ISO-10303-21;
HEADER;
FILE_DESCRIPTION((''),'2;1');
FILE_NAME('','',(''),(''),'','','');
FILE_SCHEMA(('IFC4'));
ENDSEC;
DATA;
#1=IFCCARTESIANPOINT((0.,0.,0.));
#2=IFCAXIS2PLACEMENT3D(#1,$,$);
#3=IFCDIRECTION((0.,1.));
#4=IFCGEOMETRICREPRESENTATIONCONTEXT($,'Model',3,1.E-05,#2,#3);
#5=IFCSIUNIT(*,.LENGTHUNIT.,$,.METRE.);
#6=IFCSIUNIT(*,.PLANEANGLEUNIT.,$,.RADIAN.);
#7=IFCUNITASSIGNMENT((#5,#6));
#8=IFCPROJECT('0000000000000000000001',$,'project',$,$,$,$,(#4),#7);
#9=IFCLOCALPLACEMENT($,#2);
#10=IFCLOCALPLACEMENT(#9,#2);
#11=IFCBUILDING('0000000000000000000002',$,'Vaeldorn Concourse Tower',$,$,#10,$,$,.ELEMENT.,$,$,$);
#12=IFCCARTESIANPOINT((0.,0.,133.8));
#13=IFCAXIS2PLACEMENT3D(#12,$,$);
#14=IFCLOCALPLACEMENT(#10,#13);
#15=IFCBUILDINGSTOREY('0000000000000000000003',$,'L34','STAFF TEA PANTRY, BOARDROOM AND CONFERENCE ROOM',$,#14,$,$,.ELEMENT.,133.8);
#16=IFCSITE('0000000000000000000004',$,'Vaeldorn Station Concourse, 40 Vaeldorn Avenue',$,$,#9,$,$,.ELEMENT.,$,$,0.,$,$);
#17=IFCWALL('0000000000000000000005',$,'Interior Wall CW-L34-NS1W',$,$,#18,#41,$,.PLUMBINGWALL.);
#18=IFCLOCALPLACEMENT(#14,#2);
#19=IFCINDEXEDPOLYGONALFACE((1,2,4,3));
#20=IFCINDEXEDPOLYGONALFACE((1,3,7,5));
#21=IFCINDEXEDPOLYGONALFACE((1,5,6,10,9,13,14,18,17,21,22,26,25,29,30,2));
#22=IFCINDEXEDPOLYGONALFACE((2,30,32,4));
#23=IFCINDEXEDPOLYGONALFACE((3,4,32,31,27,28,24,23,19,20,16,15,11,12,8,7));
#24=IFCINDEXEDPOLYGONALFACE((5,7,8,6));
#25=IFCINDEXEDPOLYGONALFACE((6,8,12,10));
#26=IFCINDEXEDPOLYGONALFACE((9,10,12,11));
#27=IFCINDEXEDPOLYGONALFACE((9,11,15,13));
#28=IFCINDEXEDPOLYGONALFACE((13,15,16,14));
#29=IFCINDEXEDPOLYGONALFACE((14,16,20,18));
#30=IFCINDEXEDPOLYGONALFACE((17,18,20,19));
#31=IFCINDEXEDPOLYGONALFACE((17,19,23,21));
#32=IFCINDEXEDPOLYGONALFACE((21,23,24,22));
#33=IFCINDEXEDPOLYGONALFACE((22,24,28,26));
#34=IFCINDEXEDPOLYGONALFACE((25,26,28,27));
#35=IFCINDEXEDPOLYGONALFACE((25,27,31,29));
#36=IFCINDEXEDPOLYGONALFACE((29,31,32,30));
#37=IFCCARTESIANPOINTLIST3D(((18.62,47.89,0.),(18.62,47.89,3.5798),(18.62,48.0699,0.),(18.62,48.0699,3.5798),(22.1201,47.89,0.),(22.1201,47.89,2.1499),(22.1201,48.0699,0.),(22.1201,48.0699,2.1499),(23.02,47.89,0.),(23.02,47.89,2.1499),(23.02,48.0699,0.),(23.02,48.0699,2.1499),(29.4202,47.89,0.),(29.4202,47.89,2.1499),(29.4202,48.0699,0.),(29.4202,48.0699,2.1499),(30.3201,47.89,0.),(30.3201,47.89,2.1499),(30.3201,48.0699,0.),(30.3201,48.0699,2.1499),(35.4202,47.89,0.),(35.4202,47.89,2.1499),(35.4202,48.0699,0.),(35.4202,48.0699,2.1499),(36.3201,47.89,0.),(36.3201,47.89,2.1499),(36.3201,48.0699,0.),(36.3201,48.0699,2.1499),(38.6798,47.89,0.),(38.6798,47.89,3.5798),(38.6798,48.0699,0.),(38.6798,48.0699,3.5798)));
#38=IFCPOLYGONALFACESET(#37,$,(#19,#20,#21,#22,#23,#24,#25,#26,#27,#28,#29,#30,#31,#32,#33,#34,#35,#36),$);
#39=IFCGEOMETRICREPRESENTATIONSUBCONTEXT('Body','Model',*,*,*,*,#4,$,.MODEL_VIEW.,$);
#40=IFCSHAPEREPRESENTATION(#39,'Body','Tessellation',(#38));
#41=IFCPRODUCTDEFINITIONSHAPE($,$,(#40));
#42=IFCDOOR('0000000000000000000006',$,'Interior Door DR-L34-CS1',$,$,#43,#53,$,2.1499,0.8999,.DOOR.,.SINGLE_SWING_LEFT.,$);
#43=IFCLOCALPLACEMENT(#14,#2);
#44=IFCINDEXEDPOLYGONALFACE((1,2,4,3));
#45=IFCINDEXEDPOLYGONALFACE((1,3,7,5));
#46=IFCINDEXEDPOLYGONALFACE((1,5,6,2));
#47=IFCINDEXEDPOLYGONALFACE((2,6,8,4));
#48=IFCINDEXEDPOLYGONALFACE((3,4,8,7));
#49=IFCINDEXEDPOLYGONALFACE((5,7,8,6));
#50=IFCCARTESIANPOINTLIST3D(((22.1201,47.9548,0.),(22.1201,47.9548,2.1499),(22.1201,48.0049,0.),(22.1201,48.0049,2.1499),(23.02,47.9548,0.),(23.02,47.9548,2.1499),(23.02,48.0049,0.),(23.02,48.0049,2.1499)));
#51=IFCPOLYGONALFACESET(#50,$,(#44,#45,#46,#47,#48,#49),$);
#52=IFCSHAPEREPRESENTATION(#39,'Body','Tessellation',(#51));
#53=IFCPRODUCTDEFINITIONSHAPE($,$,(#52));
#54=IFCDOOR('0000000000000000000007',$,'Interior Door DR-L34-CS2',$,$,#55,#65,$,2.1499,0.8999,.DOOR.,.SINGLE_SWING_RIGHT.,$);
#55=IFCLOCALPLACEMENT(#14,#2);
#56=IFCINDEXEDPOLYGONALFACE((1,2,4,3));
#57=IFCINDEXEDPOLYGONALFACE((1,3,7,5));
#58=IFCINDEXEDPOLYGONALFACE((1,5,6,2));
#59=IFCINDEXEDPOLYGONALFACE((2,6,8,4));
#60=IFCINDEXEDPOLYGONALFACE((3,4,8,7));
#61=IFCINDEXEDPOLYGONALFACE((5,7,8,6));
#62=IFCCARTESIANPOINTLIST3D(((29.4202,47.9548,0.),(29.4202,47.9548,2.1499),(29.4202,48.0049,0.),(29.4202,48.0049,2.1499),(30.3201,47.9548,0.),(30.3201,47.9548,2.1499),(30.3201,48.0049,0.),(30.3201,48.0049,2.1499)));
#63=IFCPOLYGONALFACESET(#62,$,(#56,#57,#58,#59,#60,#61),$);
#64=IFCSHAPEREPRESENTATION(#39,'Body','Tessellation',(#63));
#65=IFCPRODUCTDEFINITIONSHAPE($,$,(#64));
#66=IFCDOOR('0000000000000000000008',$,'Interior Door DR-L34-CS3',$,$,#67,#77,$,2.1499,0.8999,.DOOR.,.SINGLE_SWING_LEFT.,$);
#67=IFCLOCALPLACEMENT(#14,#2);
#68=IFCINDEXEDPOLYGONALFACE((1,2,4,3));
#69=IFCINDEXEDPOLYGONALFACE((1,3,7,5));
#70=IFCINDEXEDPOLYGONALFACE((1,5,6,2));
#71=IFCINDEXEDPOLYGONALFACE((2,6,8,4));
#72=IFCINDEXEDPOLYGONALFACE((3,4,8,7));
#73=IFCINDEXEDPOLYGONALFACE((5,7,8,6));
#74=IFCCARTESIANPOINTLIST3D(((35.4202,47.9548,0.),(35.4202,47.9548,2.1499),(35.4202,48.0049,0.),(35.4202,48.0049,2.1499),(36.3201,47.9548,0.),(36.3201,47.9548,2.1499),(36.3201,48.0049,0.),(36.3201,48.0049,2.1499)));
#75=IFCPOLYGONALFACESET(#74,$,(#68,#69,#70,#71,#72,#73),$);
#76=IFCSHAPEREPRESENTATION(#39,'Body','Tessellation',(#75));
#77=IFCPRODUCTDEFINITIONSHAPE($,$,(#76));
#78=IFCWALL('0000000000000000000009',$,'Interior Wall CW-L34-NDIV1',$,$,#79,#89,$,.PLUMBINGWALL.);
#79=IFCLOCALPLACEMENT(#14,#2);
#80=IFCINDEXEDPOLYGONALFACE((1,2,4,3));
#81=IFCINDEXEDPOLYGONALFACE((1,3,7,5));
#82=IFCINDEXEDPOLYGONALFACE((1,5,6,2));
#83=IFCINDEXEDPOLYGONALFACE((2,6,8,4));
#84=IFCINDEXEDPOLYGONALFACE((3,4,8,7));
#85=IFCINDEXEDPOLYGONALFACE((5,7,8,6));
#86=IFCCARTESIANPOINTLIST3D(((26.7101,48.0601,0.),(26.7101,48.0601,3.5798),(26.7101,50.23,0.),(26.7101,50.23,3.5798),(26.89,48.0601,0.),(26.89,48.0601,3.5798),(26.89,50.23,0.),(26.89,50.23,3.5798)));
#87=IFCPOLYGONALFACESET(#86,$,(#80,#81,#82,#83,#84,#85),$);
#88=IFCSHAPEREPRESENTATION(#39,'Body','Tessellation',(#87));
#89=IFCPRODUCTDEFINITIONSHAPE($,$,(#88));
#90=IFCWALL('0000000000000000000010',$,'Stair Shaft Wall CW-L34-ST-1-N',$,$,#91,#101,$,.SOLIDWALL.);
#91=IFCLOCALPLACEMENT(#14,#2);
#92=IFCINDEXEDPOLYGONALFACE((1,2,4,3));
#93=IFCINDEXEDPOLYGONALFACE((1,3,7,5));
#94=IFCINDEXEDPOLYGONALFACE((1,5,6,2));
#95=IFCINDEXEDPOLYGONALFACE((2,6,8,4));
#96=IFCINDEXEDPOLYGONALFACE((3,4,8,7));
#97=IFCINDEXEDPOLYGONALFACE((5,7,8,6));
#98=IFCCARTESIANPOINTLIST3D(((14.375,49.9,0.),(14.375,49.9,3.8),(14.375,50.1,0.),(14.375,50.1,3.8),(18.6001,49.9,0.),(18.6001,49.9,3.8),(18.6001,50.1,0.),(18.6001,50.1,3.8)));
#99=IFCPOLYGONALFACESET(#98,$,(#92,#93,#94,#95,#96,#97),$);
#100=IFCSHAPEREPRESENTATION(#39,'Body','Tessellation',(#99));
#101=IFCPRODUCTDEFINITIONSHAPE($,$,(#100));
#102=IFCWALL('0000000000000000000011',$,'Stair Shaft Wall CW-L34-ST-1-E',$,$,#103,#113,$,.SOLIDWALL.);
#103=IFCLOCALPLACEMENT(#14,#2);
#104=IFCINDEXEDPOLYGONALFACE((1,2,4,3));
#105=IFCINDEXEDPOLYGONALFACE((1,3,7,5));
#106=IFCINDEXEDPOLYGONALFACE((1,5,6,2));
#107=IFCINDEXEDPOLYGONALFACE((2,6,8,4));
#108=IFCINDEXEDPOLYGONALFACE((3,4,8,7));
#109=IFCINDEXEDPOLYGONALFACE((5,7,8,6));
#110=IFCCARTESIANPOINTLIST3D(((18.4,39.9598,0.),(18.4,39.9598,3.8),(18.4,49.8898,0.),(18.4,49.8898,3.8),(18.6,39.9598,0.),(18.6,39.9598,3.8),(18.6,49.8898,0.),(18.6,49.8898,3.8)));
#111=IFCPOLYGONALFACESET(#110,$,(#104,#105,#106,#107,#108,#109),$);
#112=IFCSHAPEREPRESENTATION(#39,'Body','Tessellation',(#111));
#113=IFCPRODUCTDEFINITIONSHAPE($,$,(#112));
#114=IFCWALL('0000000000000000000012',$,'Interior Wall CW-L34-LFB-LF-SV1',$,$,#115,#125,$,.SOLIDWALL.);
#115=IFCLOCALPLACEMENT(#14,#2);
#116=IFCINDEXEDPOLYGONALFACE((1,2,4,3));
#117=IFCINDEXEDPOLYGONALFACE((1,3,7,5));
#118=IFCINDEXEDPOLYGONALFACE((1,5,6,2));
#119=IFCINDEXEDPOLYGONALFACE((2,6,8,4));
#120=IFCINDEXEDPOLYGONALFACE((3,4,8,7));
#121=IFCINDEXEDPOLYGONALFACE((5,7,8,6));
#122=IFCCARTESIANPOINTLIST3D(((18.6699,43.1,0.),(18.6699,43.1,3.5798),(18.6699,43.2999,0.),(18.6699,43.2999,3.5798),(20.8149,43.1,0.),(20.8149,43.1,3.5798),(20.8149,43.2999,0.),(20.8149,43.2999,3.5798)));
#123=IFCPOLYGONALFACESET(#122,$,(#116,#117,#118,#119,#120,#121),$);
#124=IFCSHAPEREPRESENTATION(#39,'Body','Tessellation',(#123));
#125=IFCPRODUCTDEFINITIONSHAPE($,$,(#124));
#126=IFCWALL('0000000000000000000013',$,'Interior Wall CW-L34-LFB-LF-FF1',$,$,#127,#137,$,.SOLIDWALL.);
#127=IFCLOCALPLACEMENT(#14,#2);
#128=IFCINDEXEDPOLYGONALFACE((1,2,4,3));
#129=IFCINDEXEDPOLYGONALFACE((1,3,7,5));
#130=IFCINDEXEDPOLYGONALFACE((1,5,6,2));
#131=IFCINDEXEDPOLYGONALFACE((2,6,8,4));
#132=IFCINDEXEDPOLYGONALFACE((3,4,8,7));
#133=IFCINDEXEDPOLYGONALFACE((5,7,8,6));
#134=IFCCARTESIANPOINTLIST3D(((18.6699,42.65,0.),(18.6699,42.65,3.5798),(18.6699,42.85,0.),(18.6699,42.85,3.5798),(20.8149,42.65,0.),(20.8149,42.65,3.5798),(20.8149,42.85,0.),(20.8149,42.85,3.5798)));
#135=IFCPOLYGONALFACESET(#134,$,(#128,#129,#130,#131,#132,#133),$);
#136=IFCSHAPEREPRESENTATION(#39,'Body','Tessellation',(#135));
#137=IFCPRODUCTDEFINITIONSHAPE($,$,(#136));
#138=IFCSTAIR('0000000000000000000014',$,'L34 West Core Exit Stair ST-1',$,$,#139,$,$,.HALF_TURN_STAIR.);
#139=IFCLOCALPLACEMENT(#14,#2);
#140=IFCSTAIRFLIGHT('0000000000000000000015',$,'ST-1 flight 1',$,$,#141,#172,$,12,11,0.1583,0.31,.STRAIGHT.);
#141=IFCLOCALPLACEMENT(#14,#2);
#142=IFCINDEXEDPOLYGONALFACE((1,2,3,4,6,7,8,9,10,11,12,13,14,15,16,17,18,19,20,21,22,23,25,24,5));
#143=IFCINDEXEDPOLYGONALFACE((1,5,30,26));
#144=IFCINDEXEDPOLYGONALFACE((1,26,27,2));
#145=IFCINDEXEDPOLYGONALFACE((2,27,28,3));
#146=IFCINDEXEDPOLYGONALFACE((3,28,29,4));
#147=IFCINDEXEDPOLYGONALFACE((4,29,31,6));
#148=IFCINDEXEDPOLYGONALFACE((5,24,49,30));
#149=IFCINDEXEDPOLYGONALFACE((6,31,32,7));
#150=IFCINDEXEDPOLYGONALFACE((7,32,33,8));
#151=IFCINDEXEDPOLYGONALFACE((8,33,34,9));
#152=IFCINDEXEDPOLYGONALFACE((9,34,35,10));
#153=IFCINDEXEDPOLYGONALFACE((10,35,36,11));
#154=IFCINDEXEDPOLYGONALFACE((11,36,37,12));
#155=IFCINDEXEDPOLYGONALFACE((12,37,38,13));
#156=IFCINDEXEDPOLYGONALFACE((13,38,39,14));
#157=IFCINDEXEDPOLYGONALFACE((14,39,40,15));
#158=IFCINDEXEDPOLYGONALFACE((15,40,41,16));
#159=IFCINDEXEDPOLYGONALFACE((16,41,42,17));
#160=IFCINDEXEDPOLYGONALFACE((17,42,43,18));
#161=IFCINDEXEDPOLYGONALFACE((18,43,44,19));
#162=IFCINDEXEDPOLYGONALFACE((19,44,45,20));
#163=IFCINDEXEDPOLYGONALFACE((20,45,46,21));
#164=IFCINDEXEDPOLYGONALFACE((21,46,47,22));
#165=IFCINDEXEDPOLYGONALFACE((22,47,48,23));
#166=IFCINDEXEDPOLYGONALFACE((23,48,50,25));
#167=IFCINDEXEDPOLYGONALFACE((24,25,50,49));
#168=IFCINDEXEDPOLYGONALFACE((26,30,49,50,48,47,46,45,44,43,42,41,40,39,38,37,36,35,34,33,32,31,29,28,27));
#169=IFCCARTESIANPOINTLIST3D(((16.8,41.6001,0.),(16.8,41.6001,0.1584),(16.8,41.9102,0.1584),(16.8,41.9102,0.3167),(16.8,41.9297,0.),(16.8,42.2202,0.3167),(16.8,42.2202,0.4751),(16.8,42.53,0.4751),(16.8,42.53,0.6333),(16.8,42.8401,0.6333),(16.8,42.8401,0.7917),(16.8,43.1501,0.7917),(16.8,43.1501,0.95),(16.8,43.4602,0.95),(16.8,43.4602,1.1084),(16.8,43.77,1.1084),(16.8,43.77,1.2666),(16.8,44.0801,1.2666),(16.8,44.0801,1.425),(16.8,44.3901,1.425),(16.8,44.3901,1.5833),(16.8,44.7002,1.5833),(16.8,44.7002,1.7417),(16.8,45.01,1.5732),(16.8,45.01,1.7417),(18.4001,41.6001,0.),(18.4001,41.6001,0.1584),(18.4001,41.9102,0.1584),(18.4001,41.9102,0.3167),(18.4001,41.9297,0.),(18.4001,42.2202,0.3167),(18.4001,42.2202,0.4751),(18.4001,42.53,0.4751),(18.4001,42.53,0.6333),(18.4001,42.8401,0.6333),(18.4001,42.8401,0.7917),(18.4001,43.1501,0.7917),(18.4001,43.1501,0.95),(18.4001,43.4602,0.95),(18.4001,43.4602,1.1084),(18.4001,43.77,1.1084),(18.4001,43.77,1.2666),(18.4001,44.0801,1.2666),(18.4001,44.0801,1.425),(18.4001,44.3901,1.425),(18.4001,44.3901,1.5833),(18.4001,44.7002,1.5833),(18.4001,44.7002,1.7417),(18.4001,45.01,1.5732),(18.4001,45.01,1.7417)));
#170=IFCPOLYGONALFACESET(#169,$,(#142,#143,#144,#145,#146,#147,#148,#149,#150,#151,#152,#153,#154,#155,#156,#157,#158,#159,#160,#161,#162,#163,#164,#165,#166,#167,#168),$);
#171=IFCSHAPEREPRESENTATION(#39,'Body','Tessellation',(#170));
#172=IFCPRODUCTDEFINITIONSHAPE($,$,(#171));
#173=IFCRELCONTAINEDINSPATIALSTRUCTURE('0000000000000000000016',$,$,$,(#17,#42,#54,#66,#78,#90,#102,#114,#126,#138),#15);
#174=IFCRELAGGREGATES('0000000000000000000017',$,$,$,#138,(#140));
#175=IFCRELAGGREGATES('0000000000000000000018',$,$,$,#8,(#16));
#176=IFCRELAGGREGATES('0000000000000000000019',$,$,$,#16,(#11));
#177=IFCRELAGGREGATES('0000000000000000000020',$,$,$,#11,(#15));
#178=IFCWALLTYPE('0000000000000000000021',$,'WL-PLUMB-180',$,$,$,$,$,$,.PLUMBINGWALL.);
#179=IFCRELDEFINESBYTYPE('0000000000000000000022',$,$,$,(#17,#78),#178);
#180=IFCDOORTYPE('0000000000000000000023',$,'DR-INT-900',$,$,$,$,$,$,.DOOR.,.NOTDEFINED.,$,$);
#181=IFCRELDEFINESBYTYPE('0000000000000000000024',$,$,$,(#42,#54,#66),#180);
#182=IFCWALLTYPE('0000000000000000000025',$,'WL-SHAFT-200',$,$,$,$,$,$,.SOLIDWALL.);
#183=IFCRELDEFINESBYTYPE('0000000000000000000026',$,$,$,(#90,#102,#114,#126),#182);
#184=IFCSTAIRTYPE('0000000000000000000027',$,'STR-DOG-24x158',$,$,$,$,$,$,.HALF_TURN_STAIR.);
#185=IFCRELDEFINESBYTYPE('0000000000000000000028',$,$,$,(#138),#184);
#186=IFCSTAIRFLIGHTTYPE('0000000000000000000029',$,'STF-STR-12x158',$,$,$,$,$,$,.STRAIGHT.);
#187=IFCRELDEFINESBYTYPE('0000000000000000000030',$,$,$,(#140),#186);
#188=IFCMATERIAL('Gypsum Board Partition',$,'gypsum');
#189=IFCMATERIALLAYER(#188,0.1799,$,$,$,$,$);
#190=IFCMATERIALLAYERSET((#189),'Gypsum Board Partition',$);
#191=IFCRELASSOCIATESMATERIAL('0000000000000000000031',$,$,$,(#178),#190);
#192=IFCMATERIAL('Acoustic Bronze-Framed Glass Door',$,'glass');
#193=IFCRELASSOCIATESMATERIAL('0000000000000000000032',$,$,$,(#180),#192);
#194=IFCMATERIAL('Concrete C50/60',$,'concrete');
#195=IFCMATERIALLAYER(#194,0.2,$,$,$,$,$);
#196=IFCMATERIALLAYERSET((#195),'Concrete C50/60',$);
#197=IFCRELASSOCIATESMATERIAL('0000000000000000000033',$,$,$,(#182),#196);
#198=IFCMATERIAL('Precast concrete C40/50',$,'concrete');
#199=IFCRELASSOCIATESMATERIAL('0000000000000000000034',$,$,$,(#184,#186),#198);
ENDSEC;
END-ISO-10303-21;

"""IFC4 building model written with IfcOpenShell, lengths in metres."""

from ifc_helpers import new_model, si_unit, direction, frame, frame_2d, origin, place, context, subcontext, project, spatial, polyline, rectangle, outline, extrude, source, transform, mapped, material, layer, layer_set, type_object, element, fill, aggregate, save


model = new_model("IFC4")

# Units and contexts
model_context = context("Model", 3, precision=1e-05, world=origin(), true_north=direction((0.0, 1.0)))
body_context = subcontext(model_context, "Body", "Model", "MODEL_VIEW")
ifc_project = project(units=[si_unit("LENGTHUNIT", "METRE"), si_unit("PLANEANGLEUNIT", "RADIAN")], contexts=[model_context])

# Site, building, storey
site_placement = place(None, origin())
site = spatial("IfcSite", under=ifc_project, at=site_placement, Name="Vaeldorn Station Concourse, 40 Vaeldorn Avenue", CompositionType="ELEMENT", RefElevation=0.0)
building_placement = place(site_placement, origin())
building = spatial("IfcBuilding", under=site, at=building_placement, Name="Vaeldorn Concourse Tower", CompositionType="ELEMENT")
storey_placement = place(building_placement, frame((0.0, 0.0, 133.8)))
storey = spatial("IfcBuildingStorey", under=building, at=storey_placement, Name="L34", Description="STAFF TEA PANTRY, BOARDROOM AND CONFERENCE ROOM", CompositionType="ELEMENT", Elevation=133.8)

# Shared definitions
ifc_material_1 = material(Name="Gypsum Board Partition", Category="gypsum")

# Wall, openings, doors
ifc_layer_1 = layer(ifc_material_1, 0.1799)
ifc_layer_set_1 = layer_set([ifc_layer_1], Name="Gypsum Board Partition")
wall_type_1 = type_object("IfcWallType", Name="WL-PLUMB-180", PredefinedType="PLUMBINGWALL", material=ifc_layer_set_1)
wall_1_placement = place(storey_placement, frame((18.6201, 47.98, 0.0), z_axis=(0.0, 0.0, 1.0), x_axis=(1.0, 0.0, 0.0)))
wall_1 = element("IfcWall", 1, at=wall_1_placement, inside=storey, type_object=wall_type_1, Name="Interior Wall CW-L34-NS1W", PredefinedType="PLUMBINGWALL", context=body_context, shape_type="SweptSolid", body=[
    extrude(rectangle(XDim=20.0598, YDim=0.1799, at=frame_2d((10.0298, 0.0))), origin(), (0.0, 0.0, 1.0), 3.5798),
])
opening_1_placement = place(wall_1_placement, frame((3.5, 0.0, 0.0)))
opening_1 = element("IfcOpeningElement", 2, at=opening_1_placement, cuts=wall_1, PredefinedType="OPENING", context=body_context, shape_type="SweptSolid", body=[
    extrude(rectangle(XDim=0.8999, YDim=2.1499, at=frame_2d((0.45, 1.075))), frame((0.0, 0.1001, 0.0), z_axis=(0.0, -1.0, 0.0), x_axis=(1.0, 0.0, 0.0)), (0.0, 0.0, 1.0), 0.2),
])
opening_2_placement = place(wall_1_placement, frame((10.8, 0.0, 0.0)))
opening_2 = element("IfcOpeningElement", 3, at=opening_2_placement, cuts=wall_1, PredefinedType="OPENING", context=body_context, shape_type="SweptSolid", body=[
    extrude(rectangle(XDim=0.8999, YDim=2.1499, at=frame_2d((0.45, 1.075))), frame((0.0, 0.1001, 0.0), z_axis=(0.0, -1.0, 0.0), x_axis=(1.0, 0.0, 0.0)), (0.0, 0.0, 1.0), 0.2),
])
opening_3_placement = place(wall_1_placement, frame((16.8, 0.0, 0.0)))
opening_3 = element("IfcOpeningElement", 4, at=opening_3_placement, cuts=wall_1, PredefinedType="OPENING", context=body_context, shape_type="SweptSolid", body=[
    extrude(rectangle(XDim=0.8999, YDim=2.1499, at=frame_2d((0.45, 1.075))), frame((0.0, 0.1001, 0.0), z_axis=(0.0, -1.0, 0.0), x_axis=(1.0, 0.0, 0.0)), (0.0, 0.0, 1.0), 0.2),
])
ifc_material_2 = material(Name="Acoustic Bronze-Framed Glass Door", Category="glass")
door_type_1 = type_object("IfcDoorType", Name="DR-INT-900", OperationType="NOTDEFINED", PredefinedType="DOOR", material=ifc_material_2)
shared_shape_1 = source(origin(), body_context, "Body", "SweptSolid", [
    extrude(rectangle(XDim=0.8999, YDim=2.1499, at=frame_2d((0.45, 1.075))), frame((0.0, 0.0249, 0.0), z_axis=(0.0, -1.0, 0.0), x_axis=(1.0, 0.0, 0.0)), (0.0, 0.0, 1.0), 0.05),
])
door_1_placement = place(opening_1_placement, origin())
door_1 = element("IfcDoor", 5, at=door_1_placement, inside=storey, type_object=door_type_1, Name="Interior Door DR-L34-CS1", OperationType="SINGLE_SWING_LEFT", OverallHeight=2.1499, OverallWidth=0.8999, PredefinedType="DOOR", context=body_context, shape_type="MappedRepresentation", body=[
    mapped(shared_shape_1, transform((0.0, 0.0, 0.0), scale=1.0)),
])
fill(opening_1, door_1)
door_2_placement = place(opening_2_placement, origin())
door_2 = element("IfcDoor", 6, at=door_2_placement, inside=storey, type_object=door_type_1, Name="Interior Door DR-L34-CS2", OperationType="SINGLE_SWING_RIGHT", OverallHeight=2.1499, OverallWidth=0.8999, PredefinedType="DOOR", context=body_context, shape_type="MappedRepresentation", body=[
    mapped(shared_shape_1, transform((0.0, 0.0, 0.0), scale=1.0)),
])
fill(opening_2, door_2)
door_3_placement = place(opening_3_placement, origin())
door_3 = element("IfcDoor", 7, at=door_3_placement, inside=storey, type_object=door_type_1, Name="Interior Door DR-L34-CS3", OperationType="SINGLE_SWING_LEFT", OverallHeight=2.1499, OverallWidth=0.8999, PredefinedType="DOOR", context=body_context, shape_type="MappedRepresentation", body=[
    mapped(shared_shape_1, transform((0.0, 0.0, 0.0), scale=1.0)),
])
fill(opening_3, door_3)

# Walls
wall_2_placement = place(storey_placement, frame((26.8, 48.0601, 0.0), z_axis=(0.0, 0.0, 1.0), x_axis=(0.0, 1.0, 0.0)))
element("IfcWall", 8, at=wall_2_placement, inside=storey, type_object=wall_type_1, Name="Interior Wall CW-L34-NDIV1", PredefinedType="PLUMBINGWALL", context=body_context, shape_type="SweptSolid", body=[
    extrude(rectangle(XDim=2.1699, YDim=0.1799, at=frame_2d((1.085, 0.0))), origin(), (0.0, 0.0, 1.0), 3.5798),
])
ifc_material_3 = material(Name="Concrete C50/60", Category="concrete")
ifc_layer_2 = layer(ifc_material_3, 0.2)
ifc_layer_set_2 = layer_set([ifc_layer_2], Name="Concrete C50/60")
wall_type_2 = type_object("IfcWallType", Name="WL-SHAFT-200", PredefinedType="SOLIDWALL", material=ifc_layer_set_2)
wall_3_placement = place(storey_placement, frame((14.375, 50.0, 0.0), z_axis=(0.0, 0.0, 1.0), x_axis=(1.0, 0.0, 0.0)))
element("IfcWall", 9, at=wall_3_placement, inside=storey, type_object=wall_type_2, Name="Stair Shaft Wall CW-L34-ST-1-N", PredefinedType="SOLIDWALL", context=body_context, shape_type="SweptSolid", body=[
    extrude(rectangle(XDim=4.2251, YDim=0.2, at=frame_2d((2.1125, 0.0))), origin(), (0.0, 0.0, 1.0), 3.8),
])
wall_4_placement = place(storey_placement, frame((18.5, 39.96, 0.0), z_axis=(0.0, 0.0, 1.0), x_axis=(0.0, 1.0, 0.0)))
element("IfcWall", 10, at=wall_4_placement, inside=storey, type_object=wall_type_2, Name="Stair Shaft Wall CW-L34-ST-1-E", PredefinedType="SOLIDWALL", context=body_context, shape_type="SweptSolid", body=[
    extrude(rectangle(XDim=9.9299, YDim=0.2, at=frame_2d((4.9648, 0.0))), origin(), (0.0, 0.0, 1.0), 3.8),
])

# Walls
for number, where, z_axis, x_axis, name in (
    (11, (18.6699, 43.2, 0.0), (0.0, 0.0, 1.0), (1.0, 0.0, 0.0), "Interior Wall CW-L34-LFB-LF-SV1"),
    (12, (18.6699, 42.75, 0.0), (0.0, 0.0, 1.0), (1.0, 0.0, 0.0), "Interior Wall CW-L34-LFB-LF-FF1"),
):
    element("IfcWall", number, at=place(storey_placement, frame(where, z_axis=z_axis, x_axis=x_axis)), inside=storey, type_object=wall_type_2, Name=name, PredefinedType="SOLIDWALL", context=body_context, shape_type="SweptSolid", body=[
        extrude(rectangle(XDim=2.145, YDim=0.2, at=frame_2d((1.0725, 0.0))), origin(), (0.0, 0.0, 1.0), 3.5798),
    ])

# Stair, stair flight
ifc_material_4 = material(Name="Precast concrete C40/50", Category="concrete")
stair_type = type_object("IfcStairType", Name="STR-DOG-24x158", PredefinedType="HALF_TURN_STAIR", material=ifc_material_4)
stair_placement = place(storey_placement, origin())
stair = element("IfcStair", 13, at=stair_placement, inside=storey, type_object=stair_type, Name="L34 West Core Exit Stair ST-1", PredefinedType="HALF_TURN_STAIR")
stair_flight_type = type_object("IfcStairFlightType", Name="STF-STR-12x158", PredefinedType="STRAIGHT", material=ifc_material_4)
stair_flight_1_placement = place(storey_placement, frame((17.6001, 41.6001, 0.0), z_axis=(0.0, 0.0, 1.0), x_axis=(0.0, 1.0, 0.0)))
stair_flight_1 = element("IfcStairFlight", 14, at=stair_flight_1_placement, type_object=stair_flight_type, Name="ST-1 flight 1", NumberOfRisers=12, NumberOfTreads=11, PredefinedType="STRAIGHT", RiserHeight=0.1583, TreadLength=0.31, context=body_context, shape_type="SweptSolid", body=[
    extrude(outline(polyline([(0.0, 0.0), (0.0, 0.1584), (0.3101, 0.1584), (0.3101, 0.3167), (0.6201, 0.3167), (0.6201, 0.4751), (0.9299, 0.4751), (0.9299, 0.6333), (1.24, 0.6333), (1.24, 0.7917), (1.55, 0.7917), (1.55, 0.95), (1.8601, 0.95), (1.8601, 1.1084), (2.1699, 1.1084), (2.1699, 1.2666), (2.48, 1.2666), (2.48, 1.425), (2.79, 1.425), (2.79, 1.5833), (3.1001, 1.5833), (3.1001, 1.7417), (3.4099, 1.7417), (3.4099, 1.8999), (3.4099, 1.5732), (0.3296, 0.0), (0.0, 0.0)])), frame((0.0, 0.8, 0.0), z_axis=(0.0, -1.0, 0.0), x_axis=(1.0, 0.0, 0.0)), (0.0, 0.0, 1.0), 1.6001),
])
aggregate(stair, [stair_flight_1])

save(model, "model.ifc")
